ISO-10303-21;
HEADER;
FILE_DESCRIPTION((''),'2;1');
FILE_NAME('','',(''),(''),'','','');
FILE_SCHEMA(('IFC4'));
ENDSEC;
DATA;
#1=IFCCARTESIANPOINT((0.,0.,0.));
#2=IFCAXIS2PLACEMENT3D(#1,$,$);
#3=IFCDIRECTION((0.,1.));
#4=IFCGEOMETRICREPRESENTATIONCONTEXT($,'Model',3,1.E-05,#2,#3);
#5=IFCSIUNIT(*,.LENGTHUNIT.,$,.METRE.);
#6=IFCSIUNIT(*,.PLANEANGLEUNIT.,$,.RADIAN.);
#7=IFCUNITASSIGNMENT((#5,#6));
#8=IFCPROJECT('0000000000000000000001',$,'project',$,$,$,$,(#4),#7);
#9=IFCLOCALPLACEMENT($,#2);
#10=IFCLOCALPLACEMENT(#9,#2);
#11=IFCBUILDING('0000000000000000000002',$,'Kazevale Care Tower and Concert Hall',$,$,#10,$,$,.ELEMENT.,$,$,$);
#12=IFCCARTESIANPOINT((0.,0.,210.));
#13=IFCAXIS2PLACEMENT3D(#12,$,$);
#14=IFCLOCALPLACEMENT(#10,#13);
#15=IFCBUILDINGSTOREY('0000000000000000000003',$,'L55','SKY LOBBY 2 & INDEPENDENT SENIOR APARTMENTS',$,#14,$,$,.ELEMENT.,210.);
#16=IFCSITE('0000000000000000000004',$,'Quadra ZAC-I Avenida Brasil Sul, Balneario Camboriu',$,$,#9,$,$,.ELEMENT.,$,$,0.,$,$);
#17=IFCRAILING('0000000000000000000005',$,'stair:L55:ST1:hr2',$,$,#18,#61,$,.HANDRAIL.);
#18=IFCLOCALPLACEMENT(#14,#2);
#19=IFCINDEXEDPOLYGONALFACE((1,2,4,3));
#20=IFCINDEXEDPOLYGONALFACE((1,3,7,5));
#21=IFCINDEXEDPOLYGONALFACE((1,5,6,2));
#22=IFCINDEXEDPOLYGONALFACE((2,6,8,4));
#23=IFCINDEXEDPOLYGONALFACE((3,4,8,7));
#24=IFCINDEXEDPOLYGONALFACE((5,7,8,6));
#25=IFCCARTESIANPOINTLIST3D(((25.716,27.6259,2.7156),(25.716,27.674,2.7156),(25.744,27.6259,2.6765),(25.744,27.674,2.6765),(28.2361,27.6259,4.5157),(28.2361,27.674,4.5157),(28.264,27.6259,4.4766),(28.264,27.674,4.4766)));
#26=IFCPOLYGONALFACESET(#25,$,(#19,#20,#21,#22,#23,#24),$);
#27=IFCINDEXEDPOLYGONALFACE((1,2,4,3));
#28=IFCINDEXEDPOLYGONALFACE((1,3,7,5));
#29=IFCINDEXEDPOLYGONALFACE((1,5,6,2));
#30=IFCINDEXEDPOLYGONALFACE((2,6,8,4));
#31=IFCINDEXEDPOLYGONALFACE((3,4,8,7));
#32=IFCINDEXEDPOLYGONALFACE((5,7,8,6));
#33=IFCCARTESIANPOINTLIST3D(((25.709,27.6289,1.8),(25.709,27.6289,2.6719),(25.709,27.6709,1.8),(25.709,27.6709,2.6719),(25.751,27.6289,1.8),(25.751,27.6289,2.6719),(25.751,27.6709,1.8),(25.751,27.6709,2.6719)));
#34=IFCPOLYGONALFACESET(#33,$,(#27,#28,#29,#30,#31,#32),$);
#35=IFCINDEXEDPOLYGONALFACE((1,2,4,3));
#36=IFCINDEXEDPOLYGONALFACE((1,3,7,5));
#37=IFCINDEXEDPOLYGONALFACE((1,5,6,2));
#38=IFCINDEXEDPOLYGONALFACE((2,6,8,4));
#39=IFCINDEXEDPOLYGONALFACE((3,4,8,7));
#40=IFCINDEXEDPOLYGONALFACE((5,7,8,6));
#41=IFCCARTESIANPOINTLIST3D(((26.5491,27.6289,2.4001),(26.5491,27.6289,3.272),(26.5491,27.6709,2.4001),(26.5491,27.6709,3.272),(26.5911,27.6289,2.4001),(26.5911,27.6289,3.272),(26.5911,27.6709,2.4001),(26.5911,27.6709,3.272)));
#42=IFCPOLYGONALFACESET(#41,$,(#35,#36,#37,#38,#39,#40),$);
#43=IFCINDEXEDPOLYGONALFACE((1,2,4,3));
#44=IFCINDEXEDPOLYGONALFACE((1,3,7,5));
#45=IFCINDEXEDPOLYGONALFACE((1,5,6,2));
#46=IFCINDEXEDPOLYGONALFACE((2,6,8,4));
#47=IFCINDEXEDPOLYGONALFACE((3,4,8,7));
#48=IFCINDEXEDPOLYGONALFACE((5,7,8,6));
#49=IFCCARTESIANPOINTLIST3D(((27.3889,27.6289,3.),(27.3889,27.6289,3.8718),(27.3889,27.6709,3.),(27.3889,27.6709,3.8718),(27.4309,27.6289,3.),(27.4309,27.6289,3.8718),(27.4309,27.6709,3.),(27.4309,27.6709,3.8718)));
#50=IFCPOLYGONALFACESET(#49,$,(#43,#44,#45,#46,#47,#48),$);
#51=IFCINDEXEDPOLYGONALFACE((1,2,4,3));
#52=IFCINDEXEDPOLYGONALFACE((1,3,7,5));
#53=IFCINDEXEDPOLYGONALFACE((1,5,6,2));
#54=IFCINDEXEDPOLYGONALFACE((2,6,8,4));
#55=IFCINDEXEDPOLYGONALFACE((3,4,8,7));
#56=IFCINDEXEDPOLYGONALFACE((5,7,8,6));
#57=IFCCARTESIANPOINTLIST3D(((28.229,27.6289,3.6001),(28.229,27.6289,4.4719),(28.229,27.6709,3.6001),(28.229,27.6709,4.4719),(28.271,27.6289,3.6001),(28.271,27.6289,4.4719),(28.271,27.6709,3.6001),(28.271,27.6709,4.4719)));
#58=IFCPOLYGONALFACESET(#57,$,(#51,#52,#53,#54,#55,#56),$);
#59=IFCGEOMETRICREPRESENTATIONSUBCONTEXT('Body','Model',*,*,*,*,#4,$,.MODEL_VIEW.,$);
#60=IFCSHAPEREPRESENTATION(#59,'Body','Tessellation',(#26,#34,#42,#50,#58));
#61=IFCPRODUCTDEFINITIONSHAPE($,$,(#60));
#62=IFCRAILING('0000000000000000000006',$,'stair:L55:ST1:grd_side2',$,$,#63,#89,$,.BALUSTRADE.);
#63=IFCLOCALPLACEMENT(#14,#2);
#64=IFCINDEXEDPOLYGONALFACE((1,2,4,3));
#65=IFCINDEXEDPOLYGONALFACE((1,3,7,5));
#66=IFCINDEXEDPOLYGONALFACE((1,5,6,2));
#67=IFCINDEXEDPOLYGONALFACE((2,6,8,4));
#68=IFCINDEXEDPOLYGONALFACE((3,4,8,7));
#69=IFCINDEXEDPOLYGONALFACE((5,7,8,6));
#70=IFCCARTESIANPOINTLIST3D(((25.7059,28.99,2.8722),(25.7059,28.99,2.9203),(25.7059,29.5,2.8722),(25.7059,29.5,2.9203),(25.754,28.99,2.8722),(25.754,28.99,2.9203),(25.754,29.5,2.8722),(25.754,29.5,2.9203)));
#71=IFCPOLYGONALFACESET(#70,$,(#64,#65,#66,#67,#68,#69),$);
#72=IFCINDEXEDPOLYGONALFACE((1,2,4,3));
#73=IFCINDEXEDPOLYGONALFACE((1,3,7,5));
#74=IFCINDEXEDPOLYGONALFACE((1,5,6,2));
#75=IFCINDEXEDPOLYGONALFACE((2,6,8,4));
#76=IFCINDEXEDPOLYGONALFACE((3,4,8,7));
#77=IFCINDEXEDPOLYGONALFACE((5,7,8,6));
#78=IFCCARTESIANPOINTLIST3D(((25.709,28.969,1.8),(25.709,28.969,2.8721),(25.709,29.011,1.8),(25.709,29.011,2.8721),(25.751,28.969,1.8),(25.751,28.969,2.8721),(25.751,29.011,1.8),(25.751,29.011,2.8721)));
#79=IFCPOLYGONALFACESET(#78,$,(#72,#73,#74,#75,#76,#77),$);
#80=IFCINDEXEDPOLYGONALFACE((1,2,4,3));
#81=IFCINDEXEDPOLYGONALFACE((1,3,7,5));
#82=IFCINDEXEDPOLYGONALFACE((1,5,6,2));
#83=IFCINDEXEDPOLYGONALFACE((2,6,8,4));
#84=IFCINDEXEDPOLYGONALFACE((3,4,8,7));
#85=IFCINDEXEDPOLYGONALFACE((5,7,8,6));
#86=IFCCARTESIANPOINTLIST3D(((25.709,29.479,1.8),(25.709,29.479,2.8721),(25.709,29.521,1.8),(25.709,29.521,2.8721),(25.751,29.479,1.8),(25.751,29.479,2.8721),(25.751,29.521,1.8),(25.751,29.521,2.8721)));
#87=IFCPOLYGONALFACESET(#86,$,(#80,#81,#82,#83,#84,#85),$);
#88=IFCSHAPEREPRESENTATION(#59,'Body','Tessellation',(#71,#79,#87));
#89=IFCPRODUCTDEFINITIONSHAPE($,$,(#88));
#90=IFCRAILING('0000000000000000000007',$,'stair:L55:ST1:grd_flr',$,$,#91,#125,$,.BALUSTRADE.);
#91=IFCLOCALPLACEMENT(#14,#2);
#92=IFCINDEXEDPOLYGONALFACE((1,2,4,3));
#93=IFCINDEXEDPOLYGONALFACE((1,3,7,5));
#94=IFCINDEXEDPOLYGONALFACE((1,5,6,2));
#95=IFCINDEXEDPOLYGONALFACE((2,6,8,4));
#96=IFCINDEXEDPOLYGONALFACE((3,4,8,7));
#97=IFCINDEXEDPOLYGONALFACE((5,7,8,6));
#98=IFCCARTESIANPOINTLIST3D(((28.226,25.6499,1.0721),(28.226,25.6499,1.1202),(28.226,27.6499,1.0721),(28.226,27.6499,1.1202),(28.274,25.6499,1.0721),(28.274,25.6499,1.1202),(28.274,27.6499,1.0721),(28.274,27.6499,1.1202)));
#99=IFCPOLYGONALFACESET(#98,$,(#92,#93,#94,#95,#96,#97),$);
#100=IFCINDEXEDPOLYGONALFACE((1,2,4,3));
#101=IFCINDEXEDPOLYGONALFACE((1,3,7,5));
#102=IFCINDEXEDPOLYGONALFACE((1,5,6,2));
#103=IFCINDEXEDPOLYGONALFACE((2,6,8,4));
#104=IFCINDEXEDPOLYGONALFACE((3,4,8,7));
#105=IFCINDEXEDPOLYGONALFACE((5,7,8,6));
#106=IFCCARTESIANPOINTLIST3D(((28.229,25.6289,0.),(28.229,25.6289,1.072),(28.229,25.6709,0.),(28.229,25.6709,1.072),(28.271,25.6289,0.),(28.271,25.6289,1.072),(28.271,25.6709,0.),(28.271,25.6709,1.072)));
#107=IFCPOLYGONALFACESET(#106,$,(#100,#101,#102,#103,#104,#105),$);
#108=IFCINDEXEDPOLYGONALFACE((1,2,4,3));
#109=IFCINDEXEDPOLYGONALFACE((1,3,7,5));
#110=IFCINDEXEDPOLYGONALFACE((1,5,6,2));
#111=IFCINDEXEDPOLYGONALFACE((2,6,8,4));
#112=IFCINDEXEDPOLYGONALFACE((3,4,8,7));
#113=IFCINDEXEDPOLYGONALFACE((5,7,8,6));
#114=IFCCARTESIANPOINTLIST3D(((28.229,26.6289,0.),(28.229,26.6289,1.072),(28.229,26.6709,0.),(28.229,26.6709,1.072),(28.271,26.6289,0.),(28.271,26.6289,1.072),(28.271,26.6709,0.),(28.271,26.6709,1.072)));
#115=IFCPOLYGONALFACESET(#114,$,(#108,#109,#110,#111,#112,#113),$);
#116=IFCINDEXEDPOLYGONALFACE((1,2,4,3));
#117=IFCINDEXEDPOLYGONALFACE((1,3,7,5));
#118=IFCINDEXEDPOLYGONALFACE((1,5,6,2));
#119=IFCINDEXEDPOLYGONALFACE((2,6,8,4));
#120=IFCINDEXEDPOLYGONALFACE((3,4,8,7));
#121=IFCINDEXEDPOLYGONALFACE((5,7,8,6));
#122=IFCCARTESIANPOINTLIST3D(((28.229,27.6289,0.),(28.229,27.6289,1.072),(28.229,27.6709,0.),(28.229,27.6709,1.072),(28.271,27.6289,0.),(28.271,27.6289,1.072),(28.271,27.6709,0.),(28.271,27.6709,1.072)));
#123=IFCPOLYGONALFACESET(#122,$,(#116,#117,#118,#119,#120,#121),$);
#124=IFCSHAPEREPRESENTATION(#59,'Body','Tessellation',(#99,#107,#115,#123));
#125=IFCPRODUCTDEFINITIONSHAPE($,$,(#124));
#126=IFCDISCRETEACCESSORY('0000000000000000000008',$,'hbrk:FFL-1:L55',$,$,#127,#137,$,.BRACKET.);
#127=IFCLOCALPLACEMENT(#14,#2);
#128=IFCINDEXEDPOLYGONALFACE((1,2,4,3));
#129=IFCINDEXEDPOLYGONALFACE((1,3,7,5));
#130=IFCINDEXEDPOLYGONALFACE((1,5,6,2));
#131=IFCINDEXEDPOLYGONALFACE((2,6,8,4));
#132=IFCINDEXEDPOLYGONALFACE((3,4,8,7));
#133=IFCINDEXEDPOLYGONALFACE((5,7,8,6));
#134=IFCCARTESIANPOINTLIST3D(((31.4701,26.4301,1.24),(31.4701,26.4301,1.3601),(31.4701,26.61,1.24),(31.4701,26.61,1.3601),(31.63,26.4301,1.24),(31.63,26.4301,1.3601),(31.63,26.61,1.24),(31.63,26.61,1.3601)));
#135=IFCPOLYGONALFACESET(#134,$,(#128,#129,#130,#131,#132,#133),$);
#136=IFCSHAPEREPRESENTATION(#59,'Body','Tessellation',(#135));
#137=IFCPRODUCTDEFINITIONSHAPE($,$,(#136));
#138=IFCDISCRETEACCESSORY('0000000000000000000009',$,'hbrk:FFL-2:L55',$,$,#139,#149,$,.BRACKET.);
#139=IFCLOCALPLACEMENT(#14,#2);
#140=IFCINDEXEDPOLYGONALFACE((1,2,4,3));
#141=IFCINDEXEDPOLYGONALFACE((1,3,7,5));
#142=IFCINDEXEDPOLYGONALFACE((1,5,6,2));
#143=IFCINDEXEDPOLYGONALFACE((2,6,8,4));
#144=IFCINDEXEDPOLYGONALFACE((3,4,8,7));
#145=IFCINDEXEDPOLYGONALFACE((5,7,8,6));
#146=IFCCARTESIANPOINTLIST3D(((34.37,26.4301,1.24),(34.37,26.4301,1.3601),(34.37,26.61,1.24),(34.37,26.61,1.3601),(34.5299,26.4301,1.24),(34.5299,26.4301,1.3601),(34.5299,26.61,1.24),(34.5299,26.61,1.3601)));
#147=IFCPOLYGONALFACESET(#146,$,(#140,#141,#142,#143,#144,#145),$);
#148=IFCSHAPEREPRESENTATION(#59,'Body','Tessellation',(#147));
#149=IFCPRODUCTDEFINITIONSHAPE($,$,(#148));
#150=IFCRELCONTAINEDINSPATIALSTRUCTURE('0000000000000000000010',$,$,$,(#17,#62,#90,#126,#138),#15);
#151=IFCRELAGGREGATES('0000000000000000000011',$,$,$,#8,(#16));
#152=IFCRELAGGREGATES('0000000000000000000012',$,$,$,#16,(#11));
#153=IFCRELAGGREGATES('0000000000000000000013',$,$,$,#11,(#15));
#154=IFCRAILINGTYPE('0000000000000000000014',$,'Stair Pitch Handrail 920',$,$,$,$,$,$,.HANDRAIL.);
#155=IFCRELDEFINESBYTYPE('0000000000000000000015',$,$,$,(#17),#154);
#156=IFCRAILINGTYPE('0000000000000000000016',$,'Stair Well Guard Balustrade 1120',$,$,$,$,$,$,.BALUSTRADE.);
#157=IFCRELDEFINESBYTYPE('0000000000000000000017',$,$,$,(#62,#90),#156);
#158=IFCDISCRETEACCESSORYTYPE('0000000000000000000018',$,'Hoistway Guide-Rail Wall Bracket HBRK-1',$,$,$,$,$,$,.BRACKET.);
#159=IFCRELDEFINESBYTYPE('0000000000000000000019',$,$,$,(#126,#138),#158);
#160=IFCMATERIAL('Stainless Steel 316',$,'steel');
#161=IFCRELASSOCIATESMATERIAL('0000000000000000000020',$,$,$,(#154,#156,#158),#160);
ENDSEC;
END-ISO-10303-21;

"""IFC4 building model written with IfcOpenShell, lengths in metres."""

from ifc_helpers import new_model, si_unit, direction, frame, origin, origin_2d, place, context, subcontext, project, spatial, rectangle, extrude, material, type_object, element, save


model = new_model("IFC4")

# Units and contexts
model_context = context("Model", 3, precision=1e-05, world=origin(), true_north=direction((0.0, 1.0)))
body_context = subcontext(model_context, "Body", "Model", "MODEL_VIEW")
ifc_project = project(units=[si_unit("LENGTHUNIT", "METRE"), si_unit("PLANEANGLEUNIT", "RADIAN")], contexts=[model_context])

# Site, building, storey
site_placement = place(None, origin())
site = spatial("IfcSite", under=ifc_project, at=site_placement, Name="Quadra ZAC-I Avenida Brasil Sul, Balneario Camboriu", CompositionType="ELEMENT", RefElevation=0.0)
building_placement = place(site_placement, origin())
building = spatial("IfcBuilding", under=site, at=building_placement, Name="Kazevale Care Tower and Concert Hall", CompositionType="ELEMENT")
storey_placement = place(building_placement, frame((0.0, 0.0, 210.0)))
storey = spatial("IfcBuildingStorey", under=building, at=storey_placement, Name="L55", Description="SKY LOBBY 2 & INDEPENDENT SENIOR APARTMENTS", CompositionType="ELEMENT", Elevation=210.0)

# Shared definitions
ifc_material_1 = material(Name="Stainless Steel 316", Category="steel")

# Railings
railing_type_1 = type_object("IfcRailingType", Name="Stair Pitch Handrail 920", PredefinedType="HANDRAIL", material=ifc_material_1)
railing_1_placement = place(storey_placement, frame((25.73, 27.6499, 1.8)))
element("IfcRailing", 1, at=railing_1_placement, inside=storey, type_object=railing_type_1, Name="stair:L55:ST1:hr2", PredefinedType="HANDRAIL", context=body_context, shape_type="SweptSolid", body=[
    extrude(rectangle(XDim=0.0481, YDim=0.0481, at=origin_2d()), frame((0.0, 0.0, 0.896), z_axis=(0.813728, 0.0, 0.581246), x_axis=(0.0, 1.0, 0.0)), (0.0, 0.0, 1.0), 3.0969),
    extrude(rectangle(XDim=0.042, YDim=0.042, at=origin_2d()), origin(), (0.0, 0.0, 1.0), 0.8718),
    extrude(rectangle(XDim=0.042, YDim=0.042, at=origin_2d()), frame((0.8401, 0.0, 0.6001)), (0.0, 0.0, 1.0), 0.8718),
    extrude(rectangle(XDim=0.042, YDim=0.042, at=origin_2d()), frame((1.6799, 0.0, 1.2)), (0.0, 0.0, 1.0), 0.8718),
    extrude(rectangle(XDim=0.042, YDim=0.042, at=origin_2d()), frame((2.52, 0.0, 1.8)), (0.0, 0.0, 1.0), 0.8718),
])
railing_type_2 = type_object("IfcRailingType", Name="Stair Well Guard Balustrade 1120", PredefinedType="BALUSTRADE", material=ifc_material_1)
railing_2_placement = place(storey_placement, frame((25.73, 28.99, 1.8)))
element("IfcRailing", 2, at=railing_2_placement, inside=storey, type_object=railing_type_2, Name="stair:L55:ST1:grd_side2", PredefinedType="BALUSTRADE", context=body_context, shape_type="SweptSolid", body=[
    extrude(rectangle(XDim=0.0481, YDim=0.0481, at=origin_2d()), frame((0.0, 0.0, 1.0962), z_axis=(0.0, 1.0, 0.0), x_axis=(-1.0, 0.0, 0.0)), (0.0, 0.0, 1.0), 0.51),
    extrude(rectangle(XDim=0.042, YDim=0.042, at=origin_2d()), origin(), (0.0, 0.0, 1.0), 1.072),
    extrude(rectangle(XDim=0.042, YDim=0.042, at=origin_2d()), frame((0.0, 0.51, 0.0)), (0.0, 0.0, 1.0), 1.072),
])
railing_3_placement = place(storey_placement, frame((28.25, 25.6499, 0.0)))
element("IfcRailing", 3, at=railing_3_placement, inside=storey, type_object=railing_type_2, Name="stair:L55:ST1:grd_flr", PredefinedType="BALUSTRADE", context=body_context, shape_type="SweptSolid", body=[
    extrude(rectangle(XDim=0.0481, YDim=0.0481, at=origin_2d()), frame((0.0, 0.0, 1.0962), z_axis=(0.0, 1.0, 0.0), x_axis=(-1.0, 0.0, 0.0)), (0.0, 0.0, 1.0), 2.0),
    extrude(rectangle(XDim=0.042, YDim=0.042, at=origin_2d()), origin(), (0.0, 0.0, 1.0), 1.072),
    extrude(rectangle(XDim=0.042, YDim=0.042, at=origin_2d()), frame((0.0, 1.0, 0.0)), (0.0, 0.0, 1.0), 1.072),
    extrude(rectangle(XDim=0.042, YDim=0.042, at=origin_2d()), frame((0.0, 2.0, 0.0)), (0.0, 0.0, 1.0), 1.072),
])

# Discrete accessories
discrete_accessory_type = type_object("IfcDiscreteAccessoryType", Name="Hoistway Guide-Rail Wall Bracket HBRK-1", PredefinedType="BRACKET", material=ifc_material_1)
for number, where, z_axis, x_axis, name in (
    (4, (31.55, 26.52, 1.24), (0.0, 0.0, 1.0), (1.0, 0.0, 0.0), "hbrk:FFL-1:L55"),
    (5, (34.45, 26.52, 1.24), (0.0, 0.0, 1.0), (1.0, 0.0, 0.0), "hbrk:FFL-2:L55"),
):
    element("IfcDiscreteAccessory", number, at=place(storey_placement, frame(where, z_axis=z_axis, x_axis=x_axis)), inside=storey, type_object=discrete_accessory_type, Name=name, PredefinedType="BRACKET", context=body_context, shape_type="SweptSolid", body=[
        extrude(rectangle(XDim=0.1599, YDim=0.1799, at=origin_2d()), origin(), (0.0, 0.0, 1.0), 0.1201),
    ])

save(model, "model.ifc")
